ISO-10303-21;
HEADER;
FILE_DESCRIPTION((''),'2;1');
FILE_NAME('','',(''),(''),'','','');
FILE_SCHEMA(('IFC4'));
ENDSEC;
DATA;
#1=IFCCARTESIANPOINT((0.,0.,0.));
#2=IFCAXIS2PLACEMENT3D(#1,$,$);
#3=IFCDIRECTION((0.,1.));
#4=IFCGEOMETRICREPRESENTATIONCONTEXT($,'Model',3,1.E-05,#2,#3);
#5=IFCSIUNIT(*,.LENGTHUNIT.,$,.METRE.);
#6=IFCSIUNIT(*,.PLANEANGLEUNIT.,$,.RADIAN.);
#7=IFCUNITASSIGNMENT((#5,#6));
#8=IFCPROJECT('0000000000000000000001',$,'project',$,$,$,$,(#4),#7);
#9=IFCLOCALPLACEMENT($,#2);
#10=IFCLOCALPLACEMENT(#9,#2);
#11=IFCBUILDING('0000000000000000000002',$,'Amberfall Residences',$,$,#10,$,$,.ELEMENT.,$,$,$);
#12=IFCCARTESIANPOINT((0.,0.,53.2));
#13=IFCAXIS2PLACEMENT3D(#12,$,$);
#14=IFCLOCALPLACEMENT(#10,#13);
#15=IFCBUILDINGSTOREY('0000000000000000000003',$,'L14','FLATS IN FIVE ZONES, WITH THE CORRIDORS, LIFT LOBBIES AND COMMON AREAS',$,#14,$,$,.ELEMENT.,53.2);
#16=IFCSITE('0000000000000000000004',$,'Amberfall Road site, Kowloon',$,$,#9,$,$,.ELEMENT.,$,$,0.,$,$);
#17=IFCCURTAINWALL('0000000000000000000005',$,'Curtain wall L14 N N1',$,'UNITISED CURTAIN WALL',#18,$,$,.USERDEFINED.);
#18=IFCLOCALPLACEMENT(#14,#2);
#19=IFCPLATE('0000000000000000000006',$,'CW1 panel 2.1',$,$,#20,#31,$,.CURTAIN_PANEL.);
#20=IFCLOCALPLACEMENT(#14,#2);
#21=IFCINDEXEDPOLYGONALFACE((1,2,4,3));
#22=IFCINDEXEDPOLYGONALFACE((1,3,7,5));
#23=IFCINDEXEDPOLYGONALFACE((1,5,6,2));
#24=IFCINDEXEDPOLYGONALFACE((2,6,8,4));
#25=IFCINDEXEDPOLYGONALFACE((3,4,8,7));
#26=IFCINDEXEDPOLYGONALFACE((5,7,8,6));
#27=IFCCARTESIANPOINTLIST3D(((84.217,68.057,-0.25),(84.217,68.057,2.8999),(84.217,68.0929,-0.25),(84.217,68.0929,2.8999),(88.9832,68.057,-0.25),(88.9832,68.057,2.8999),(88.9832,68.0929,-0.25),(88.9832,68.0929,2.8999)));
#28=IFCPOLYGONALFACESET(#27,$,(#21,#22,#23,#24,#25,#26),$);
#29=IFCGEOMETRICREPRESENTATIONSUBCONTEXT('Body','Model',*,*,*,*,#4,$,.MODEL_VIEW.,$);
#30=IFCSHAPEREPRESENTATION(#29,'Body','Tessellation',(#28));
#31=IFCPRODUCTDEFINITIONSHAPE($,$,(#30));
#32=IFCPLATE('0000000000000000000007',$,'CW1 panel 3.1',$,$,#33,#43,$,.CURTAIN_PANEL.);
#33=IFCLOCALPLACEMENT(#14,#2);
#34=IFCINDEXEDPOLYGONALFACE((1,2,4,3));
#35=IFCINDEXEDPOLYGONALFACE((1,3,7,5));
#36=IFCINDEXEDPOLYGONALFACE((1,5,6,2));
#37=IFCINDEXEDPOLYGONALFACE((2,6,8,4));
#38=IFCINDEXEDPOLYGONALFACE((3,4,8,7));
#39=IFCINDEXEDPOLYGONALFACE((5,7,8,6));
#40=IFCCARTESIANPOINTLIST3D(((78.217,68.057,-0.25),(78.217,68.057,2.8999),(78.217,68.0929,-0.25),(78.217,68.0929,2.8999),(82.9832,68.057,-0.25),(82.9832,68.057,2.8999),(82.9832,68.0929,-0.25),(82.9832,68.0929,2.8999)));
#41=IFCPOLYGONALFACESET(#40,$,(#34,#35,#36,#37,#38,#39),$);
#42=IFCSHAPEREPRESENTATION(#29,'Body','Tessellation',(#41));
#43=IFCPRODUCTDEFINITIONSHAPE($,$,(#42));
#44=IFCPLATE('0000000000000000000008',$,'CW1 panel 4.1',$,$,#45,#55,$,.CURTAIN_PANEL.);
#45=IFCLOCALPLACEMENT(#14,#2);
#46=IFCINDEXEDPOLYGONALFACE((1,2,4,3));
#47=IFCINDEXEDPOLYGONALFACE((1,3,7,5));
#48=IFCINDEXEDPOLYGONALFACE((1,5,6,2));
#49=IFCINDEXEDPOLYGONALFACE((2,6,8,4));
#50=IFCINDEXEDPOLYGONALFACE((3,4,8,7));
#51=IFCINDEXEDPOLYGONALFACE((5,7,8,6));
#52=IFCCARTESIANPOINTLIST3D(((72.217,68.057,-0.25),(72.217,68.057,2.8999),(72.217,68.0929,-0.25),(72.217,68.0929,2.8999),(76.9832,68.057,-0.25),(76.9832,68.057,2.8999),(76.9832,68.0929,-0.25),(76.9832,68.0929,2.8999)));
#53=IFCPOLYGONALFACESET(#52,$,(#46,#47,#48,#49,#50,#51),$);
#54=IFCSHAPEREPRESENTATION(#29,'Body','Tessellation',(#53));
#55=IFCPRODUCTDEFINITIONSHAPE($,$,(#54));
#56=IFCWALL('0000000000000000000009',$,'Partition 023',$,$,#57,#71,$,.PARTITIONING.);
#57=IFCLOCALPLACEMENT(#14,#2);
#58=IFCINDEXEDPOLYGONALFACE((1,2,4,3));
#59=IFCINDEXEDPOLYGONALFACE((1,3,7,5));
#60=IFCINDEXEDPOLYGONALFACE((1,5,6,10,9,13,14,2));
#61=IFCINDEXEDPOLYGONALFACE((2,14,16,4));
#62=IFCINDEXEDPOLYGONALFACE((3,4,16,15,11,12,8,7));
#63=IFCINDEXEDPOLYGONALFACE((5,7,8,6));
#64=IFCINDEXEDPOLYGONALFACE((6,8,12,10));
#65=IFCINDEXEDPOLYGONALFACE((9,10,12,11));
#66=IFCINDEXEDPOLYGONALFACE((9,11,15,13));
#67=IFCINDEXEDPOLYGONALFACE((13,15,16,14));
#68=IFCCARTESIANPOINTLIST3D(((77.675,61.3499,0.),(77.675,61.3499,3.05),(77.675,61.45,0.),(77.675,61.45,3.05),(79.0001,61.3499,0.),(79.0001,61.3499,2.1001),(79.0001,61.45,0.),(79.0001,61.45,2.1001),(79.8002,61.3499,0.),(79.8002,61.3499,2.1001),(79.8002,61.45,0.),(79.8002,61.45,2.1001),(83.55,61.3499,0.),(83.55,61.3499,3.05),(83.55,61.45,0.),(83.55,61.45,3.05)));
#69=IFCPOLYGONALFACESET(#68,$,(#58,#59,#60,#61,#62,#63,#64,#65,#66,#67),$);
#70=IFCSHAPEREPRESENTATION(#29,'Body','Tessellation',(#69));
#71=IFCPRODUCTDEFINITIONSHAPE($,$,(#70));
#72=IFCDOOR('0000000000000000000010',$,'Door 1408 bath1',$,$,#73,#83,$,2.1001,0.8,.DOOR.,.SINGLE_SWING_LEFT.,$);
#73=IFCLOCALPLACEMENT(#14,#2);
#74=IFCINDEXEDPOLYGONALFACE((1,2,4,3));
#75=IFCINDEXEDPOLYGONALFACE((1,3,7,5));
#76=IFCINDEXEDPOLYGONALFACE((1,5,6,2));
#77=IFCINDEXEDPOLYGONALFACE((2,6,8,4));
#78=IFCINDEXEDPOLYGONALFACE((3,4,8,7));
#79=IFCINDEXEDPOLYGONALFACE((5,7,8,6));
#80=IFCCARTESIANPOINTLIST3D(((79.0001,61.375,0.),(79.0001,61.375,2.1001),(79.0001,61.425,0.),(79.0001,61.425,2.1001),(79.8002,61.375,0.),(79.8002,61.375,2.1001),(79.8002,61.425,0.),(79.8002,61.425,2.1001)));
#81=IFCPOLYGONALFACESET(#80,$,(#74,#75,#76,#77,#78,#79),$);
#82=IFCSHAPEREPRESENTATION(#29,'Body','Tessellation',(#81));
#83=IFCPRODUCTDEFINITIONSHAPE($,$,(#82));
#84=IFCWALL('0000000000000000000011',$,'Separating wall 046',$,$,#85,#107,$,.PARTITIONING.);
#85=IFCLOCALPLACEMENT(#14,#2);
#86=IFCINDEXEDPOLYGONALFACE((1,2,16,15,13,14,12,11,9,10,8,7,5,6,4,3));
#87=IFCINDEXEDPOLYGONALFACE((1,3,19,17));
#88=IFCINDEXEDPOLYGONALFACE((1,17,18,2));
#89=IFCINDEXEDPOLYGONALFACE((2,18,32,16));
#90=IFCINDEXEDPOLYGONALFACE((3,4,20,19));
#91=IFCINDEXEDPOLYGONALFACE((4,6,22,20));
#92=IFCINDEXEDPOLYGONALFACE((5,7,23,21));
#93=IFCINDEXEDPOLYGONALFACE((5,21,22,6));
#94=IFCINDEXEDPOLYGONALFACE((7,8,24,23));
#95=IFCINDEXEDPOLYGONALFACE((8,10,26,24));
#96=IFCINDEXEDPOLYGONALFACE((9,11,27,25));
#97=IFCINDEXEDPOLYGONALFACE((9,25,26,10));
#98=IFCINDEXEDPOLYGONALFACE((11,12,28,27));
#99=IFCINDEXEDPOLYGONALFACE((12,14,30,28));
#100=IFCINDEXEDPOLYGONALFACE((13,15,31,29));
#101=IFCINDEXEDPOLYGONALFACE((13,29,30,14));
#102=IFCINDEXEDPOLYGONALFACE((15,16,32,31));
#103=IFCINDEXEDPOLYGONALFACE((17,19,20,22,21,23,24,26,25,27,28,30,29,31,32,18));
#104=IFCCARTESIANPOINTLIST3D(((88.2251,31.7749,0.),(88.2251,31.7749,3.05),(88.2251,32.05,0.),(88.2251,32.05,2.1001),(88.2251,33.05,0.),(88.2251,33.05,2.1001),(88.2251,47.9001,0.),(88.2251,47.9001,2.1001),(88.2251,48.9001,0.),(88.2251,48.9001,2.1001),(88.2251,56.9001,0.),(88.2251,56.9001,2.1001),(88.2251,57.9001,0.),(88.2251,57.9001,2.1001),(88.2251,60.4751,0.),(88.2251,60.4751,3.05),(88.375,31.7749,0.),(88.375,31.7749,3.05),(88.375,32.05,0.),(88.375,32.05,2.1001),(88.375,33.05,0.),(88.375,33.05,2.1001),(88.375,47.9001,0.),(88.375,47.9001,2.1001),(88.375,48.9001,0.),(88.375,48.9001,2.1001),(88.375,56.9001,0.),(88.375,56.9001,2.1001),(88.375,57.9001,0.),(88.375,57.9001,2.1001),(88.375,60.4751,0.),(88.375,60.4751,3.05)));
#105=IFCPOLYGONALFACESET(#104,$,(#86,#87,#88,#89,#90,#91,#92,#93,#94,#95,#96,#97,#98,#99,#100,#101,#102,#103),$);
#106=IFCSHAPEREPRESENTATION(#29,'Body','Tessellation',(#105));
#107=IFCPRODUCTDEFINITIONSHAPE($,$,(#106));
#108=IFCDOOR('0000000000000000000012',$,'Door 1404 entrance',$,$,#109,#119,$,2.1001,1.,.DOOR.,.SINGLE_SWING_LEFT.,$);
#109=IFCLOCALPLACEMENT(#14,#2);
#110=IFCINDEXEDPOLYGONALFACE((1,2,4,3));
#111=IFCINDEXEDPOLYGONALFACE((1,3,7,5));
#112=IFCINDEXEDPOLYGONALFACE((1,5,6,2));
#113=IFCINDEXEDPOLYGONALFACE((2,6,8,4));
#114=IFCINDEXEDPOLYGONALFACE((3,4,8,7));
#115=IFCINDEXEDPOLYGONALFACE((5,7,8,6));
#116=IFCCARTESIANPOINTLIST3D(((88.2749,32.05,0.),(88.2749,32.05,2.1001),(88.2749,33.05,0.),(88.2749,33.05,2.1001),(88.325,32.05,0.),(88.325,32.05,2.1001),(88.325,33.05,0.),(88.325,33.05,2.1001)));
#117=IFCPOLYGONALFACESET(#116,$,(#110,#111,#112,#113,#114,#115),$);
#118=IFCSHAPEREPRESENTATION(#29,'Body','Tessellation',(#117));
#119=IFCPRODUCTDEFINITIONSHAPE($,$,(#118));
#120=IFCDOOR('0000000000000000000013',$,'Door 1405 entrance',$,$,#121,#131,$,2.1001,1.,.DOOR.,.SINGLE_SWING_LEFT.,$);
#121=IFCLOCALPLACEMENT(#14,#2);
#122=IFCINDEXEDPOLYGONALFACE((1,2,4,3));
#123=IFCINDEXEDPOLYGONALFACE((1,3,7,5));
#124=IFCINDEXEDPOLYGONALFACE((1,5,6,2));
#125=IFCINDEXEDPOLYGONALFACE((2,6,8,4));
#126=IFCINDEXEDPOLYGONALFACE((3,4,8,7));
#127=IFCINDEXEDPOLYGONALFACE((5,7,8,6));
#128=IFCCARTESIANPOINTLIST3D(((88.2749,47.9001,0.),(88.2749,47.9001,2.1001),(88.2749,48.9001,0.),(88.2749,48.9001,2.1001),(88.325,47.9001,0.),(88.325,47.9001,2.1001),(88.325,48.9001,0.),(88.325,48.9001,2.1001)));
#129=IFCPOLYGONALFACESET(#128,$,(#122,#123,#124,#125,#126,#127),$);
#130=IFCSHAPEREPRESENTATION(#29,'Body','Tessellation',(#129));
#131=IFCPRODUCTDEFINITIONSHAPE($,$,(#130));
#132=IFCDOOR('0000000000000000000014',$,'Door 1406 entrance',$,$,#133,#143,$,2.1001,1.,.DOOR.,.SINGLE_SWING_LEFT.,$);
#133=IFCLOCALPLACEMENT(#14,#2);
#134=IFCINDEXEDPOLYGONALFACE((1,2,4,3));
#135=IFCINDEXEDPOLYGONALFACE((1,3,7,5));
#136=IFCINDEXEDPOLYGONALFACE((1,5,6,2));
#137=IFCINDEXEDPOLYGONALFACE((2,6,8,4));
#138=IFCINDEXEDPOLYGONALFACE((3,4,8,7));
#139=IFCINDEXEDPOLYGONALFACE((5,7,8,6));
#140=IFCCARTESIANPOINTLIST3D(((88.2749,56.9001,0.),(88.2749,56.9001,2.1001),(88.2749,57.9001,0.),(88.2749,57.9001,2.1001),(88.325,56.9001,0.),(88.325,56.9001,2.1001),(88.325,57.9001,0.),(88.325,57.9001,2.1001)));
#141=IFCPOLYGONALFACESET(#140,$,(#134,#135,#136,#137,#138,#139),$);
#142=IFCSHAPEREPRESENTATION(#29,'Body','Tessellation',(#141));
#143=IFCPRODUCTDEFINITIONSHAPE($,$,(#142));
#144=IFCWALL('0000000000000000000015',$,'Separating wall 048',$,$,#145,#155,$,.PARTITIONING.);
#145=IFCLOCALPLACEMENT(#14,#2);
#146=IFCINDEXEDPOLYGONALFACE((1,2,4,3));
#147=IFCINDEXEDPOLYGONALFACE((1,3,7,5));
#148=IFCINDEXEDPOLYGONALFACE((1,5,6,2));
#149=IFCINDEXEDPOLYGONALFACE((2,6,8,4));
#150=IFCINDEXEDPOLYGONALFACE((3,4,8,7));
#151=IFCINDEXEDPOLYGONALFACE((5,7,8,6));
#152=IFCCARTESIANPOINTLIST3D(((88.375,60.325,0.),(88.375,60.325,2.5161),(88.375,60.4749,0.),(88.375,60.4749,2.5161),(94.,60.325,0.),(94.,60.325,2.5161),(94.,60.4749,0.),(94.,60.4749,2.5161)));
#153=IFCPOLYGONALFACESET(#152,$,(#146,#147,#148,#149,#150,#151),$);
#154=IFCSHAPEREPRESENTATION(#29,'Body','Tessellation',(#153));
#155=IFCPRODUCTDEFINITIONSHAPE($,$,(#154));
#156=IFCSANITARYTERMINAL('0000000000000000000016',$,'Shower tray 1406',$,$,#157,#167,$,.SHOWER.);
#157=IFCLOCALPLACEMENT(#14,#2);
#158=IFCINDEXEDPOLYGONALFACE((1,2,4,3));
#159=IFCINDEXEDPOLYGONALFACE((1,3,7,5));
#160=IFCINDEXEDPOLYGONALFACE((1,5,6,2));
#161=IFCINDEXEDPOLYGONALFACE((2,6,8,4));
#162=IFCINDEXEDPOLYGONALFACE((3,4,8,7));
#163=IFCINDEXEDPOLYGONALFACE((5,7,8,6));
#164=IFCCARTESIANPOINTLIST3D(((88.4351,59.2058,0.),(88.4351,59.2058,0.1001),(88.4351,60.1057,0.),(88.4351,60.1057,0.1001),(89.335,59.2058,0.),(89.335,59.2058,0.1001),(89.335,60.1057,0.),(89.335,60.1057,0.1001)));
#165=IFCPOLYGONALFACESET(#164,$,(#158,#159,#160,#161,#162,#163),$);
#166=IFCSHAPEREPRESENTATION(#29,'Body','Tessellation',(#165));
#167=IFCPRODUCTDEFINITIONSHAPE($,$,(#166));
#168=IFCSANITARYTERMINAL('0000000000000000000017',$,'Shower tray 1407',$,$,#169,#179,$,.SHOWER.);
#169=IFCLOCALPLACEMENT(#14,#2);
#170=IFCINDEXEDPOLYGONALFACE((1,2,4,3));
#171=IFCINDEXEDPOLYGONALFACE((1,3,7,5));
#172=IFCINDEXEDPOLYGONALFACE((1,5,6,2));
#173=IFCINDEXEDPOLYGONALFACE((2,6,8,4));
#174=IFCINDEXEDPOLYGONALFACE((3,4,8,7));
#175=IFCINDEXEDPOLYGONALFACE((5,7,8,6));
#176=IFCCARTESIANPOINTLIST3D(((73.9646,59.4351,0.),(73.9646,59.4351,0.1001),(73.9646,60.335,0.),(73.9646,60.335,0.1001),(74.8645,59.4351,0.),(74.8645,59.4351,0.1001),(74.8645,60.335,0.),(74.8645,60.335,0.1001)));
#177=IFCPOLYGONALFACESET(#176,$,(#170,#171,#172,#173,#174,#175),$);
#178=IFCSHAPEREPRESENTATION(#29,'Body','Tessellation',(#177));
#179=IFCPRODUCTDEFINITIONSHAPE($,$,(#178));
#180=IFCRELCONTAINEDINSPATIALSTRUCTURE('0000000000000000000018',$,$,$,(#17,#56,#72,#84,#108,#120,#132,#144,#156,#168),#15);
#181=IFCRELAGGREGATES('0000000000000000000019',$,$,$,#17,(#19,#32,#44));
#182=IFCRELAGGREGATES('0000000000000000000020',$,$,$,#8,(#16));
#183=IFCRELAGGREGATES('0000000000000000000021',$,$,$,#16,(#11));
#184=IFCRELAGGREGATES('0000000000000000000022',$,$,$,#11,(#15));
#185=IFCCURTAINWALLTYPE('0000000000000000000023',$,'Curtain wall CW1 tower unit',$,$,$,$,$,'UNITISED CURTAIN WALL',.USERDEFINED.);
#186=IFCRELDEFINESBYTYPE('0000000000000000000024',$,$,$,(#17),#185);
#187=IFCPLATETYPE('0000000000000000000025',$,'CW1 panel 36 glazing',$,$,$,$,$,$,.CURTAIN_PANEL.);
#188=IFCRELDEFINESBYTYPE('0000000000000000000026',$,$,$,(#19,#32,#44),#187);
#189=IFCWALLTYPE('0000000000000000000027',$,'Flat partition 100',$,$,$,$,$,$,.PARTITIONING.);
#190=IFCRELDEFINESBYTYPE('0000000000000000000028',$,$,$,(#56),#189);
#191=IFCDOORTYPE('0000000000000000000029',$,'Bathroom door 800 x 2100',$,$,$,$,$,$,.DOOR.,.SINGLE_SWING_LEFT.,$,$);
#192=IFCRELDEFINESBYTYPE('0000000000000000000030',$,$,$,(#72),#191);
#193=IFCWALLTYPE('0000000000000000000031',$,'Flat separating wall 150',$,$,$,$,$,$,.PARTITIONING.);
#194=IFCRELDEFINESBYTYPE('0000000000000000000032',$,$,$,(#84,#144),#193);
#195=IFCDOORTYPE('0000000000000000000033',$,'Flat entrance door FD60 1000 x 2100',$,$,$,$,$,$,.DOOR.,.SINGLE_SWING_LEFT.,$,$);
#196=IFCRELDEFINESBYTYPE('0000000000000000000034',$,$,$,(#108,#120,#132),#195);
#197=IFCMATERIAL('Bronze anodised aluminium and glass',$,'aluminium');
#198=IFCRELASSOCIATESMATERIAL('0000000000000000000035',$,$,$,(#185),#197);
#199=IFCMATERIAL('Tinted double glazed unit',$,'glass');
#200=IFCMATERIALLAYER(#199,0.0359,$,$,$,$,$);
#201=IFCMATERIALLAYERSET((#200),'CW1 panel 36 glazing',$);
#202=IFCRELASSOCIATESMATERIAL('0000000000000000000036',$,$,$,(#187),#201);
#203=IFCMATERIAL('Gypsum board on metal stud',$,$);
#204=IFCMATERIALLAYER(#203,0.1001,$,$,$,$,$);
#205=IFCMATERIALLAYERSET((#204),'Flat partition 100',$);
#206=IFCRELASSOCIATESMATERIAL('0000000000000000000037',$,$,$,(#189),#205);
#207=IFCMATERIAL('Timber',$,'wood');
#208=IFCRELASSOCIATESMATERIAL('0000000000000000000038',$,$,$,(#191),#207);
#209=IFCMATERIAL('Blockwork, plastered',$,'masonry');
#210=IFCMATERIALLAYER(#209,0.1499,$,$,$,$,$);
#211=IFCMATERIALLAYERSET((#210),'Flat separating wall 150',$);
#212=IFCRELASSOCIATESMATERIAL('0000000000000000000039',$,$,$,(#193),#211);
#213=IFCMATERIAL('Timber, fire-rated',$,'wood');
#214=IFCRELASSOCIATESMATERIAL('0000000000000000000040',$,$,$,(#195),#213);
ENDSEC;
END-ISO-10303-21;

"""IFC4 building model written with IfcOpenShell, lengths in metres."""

from ifc_helpers import new_model, si_unit, direction, frame, frame_2d, origin, origin_2d, place, context, subcontext, project, spatial, rectangle, extrude, material, layer, layer_set, type_object, element, fill, aggregate, save


model = new_model("IFC4")

# Units and contexts
model_context = context("Model", 3, precision=1e-05, world=origin(), true_north=direction((0.0, 1.0)))
body_context = subcontext(model_context, "Body", "Model", "MODEL_VIEW")
ifc_project = project(units=[si_unit("LENGTHUNIT", "METRE"), si_unit("PLANEANGLEUNIT", "RADIAN")], contexts=[model_context])

# Site, building, storey
site_placement = place(None, origin())
site = spatial("IfcSite", under=ifc_project, at=site_placement, Name="Amberfall Road site, Kowloon", CompositionType="ELEMENT", RefElevation=0.0)
building_placement = place(site_placement, origin())
building = spatial("IfcBuilding", under=site, at=building_placement, Name="Amberfall Residences", CompositionType="ELEMENT")
storey_placement = place(building_placement, frame((0.0, 0.0, 53.2)))
storey = spatial("IfcBuildingStorey", under=building, at=storey_placement, Name="L14", Description="FLATS IN FIVE ZONES, WITH THE CORRIDORS, LIFT LOBBIES AND COMMON AREAS", CompositionType="ELEMENT", Elevation=53.2)

# Curtain wall
ifc_material_1 = material(Name="Bronze anodised aluminium and glass", Category="aluminium")
curtain_wall_type = type_object("IfcCurtainWallType", Name="Curtain wall CW1 tower unit", ElementType="UNITISED CURTAIN WALL", PredefinedType="USERDEFINED", material=ifc_material_1)
curtain_wall_placement = place(storey_placement, origin())
curtain_wall = element("IfcCurtainWall", 1, at=curtain_wall_placement, inside=storey, type_object=curtain_wall_type, Name="Curtain wall L14 N N1", ObjectType="UNITISED CURTAIN WALL", PredefinedType="USERDEFINED")

# Plates
ifc_material_2 = material(Name="Tinted double glazed unit", Category="glass")
ifc_layer_1 = layer(ifc_material_2, 0.0359)
ifc_layer_set_1 = layer_set([ifc_layer_1], Name="CW1 panel 36 glazing")
plate_type = type_object("IfcPlateType", Name="CW1 panel 36 glazing", PredefinedType="CURTAIN_PANEL", material=ifc_layer_set_1)
plate_1_placement = place(storey_placement, frame((86.6001, 68.075, -0.25), z_axis=(0.0, 0.0, 1.0), x_axis=(-1.0, 0.0, 0.0)))
plate_1 = element("IfcPlate", 2, at=plate_1_placement, type_object=plate_type, Name="CW1 panel 2.1", PredefinedType="CURTAIN_PANEL", context=body_context, shape_type="SweptSolid", body=[
    extrude(rectangle(XDim=4.7661, YDim=0.0359, at=origin_2d()), origin(), (0.0, 0.0, 1.0), 3.1499),
])
plate_2_placement = place(storey_placement, frame((80.6001, 68.075, -0.25), z_axis=(0.0, 0.0, 1.0), x_axis=(-1.0, 0.0, 0.0)))
plate_2 = element("IfcPlate", 3, at=plate_2_placement, type_object=plate_type, Name="CW1 panel 3.1", PredefinedType="CURTAIN_PANEL", context=body_context, shape_type="SweptSolid", body=[
    extrude(rectangle(XDim=4.7661, YDim=0.0359, at=origin_2d()), origin(), (0.0, 0.0, 1.0), 3.1499),
])
plate_3_placement = place(storey_placement, frame((74.6001, 68.075, -0.25), z_axis=(0.0, 0.0, 1.0), x_axis=(-1.0, 0.0, 0.0)))
plate_3 = element("IfcPlate", 4, at=plate_3_placement, type_object=plate_type, Name="CW1 panel 4.1", PredefinedType="CURTAIN_PANEL", context=body_context, shape_type="SweptSolid", body=[
    extrude(rectangle(XDim=4.7661, YDim=0.0359, at=origin_2d()), origin(), (0.0, 0.0, 1.0), 3.1499),
])
aggregate(curtain_wall, [plate_1, plate_2, plate_3])

# Wall, opening, door
ifc_material_3 = material(Name="Gypsum board on metal stud")
ifc_layer_2 = layer(ifc_material_3, 0.1001)
ifc_layer_set_2 = layer_set([ifc_layer_2], Name="Flat partition 100")
wall_type_1 = type_object("IfcWallType", Name="Flat partition 100", PredefinedType="PARTITIONING", material=ifc_layer_set_2)
wall_1_placement = place(storey_placement, frame((83.55, 61.3999, 0.0), z_axis=(0.0, 0.0, 1.0), x_axis=(-1.0, 0.0, 0.0)))
wall_1 = element("IfcWall", 5, at=wall_1_placement, inside=storey, type_object=wall_type_1, Name="Partition 023", PredefinedType="PARTITIONING", context=body_context, shape_type="SweptSolid", body=[
    extrude(rectangle(XDim=5.875, YDim=0.1001, at=frame_2d((2.9375, 0.0))), origin(), (0.0, 0.0, 1.0), 3.05),
])
opening_1_placement = place(wall_1_placement, frame((3.75, 0.0, 0.0)))
opening_1 = element("IfcOpeningElement", 6, at=opening_1_placement, cuts=wall_1, PredefinedType="OPENING", context=body_context, shape_type="SweptSolid", body=[
    extrude(rectangle(XDim=0.8, YDim=2.1001, at=frame_2d((0.3999, 1.05))), frame((0.0, 0.0601, 0.0), z_axis=(0.0, -1.0, 0.0), x_axis=(1.0, 0.0, 0.0)), (0.0, 0.0, 1.0), 0.1201),
])
ifc_material_4 = material(Name="Timber", Category="wood")
door_type_1 = type_object("IfcDoorType", Name="Bathroom door 800 x 2100", OperationType="SINGLE_SWING_LEFT", PredefinedType="DOOR", material=ifc_material_4)
door_1_placement = place(opening_1_placement, origin())
door_1 = element("IfcDoor", 7, at=door_1_placement, inside=storey, type_object=door_type_1, Name="Door 1408 bath1", OperationType="SINGLE_SWING_LEFT", OverallHeight=2.1001, OverallWidth=0.8, PredefinedType="DOOR", context=body_context, shape_type="SweptSolid", body=[
    extrude(rectangle(XDim=0.8, YDim=2.1001, at=frame_2d((0.3999, 1.05))), frame((0.0, 0.0249, 0.0), z_axis=(0.0, -1.0, 0.0), x_axis=(1.0, 0.0, 0.0)), (0.0, 0.0, 1.0), 0.05),
])
fill(opening_1, door_1)

# Wall, openings, doors
ifc_material_5 = material(Name="Blockwork, plastered", Category="masonry")
ifc_layer_3 = layer(ifc_material_5, 0.1499)
ifc_layer_set_3 = layer_set([ifc_layer_3], Name="Flat separating wall 150")
wall_type_2 = type_object("IfcWallType", Name="Flat separating wall 150", PredefinedType="PARTITIONING", material=ifc_layer_set_3)
wall_2_placement = place(storey_placement, frame((88.3, 60.4751, 0.0), z_axis=(0.0, 0.0, 1.0), x_axis=(0.0, -1.0, 0.0)))
wall_2 = element("IfcWall", 8, at=wall_2_placement, inside=storey, type_object=wall_type_2, Name="Separating wall 046", PredefinedType="PARTITIONING", context=body_context, shape_type="SweptSolid", body=[
    extrude(rectangle(XDim=28.7002, YDim=0.1499, at=frame_2d((14.3501, 0.0))), origin(), (0.0, 0.0, 1.0), 3.05),
])
opening_2_placement = place(wall_2_placement, frame((27.425, 0.0, 0.0)))
opening_2 = element("IfcOpeningElement", 9, at=opening_2_placement, cuts=wall_2, PredefinedType="OPENING", context=body_context, shape_type="SweptSolid", body=[
    extrude(rectangle(XDim=1.0, YDim=2.1001, at=frame_2d((0.5, 1.05))), frame((0.0, 0.085, 0.0), z_axis=(0.0, -1.0, 0.0), x_axis=(1.0, 0.0, 0.0)), (0.0, 0.0, 1.0), 0.1699),
])
opening_3_placement = place(wall_2_placement, frame((11.575, 0.0, 0.0)))
opening_3 = element("IfcOpeningElement", 10, at=opening_3_placement, cuts=wall_2, PredefinedType="OPENING", context=body_context, shape_type="SweptSolid", body=[
    extrude(rectangle(XDim=1.0, YDim=2.1001, at=frame_2d((0.5, 1.05))), frame((0.0, 0.085, 0.0), z_axis=(0.0, -1.0, 0.0), x_axis=(1.0, 0.0, 0.0)), (0.0, 0.0, 1.0), 0.1699),
])
opening_4_placement = place(wall_2_placement, frame((2.575, 0.0, 0.0)))
opening_4 = element("IfcOpeningElement", 11, at=opening_4_placement, cuts=wall_2, PredefinedType="OPENING", context=body_context, shape_type="SweptSolid", body=[
    extrude(rectangle(XDim=1.0, YDim=2.1001, at=frame_2d((0.5, 1.05))), frame((0.0, 0.085, 0.0), z_axis=(0.0, -1.0, 0.0), x_axis=(1.0, 0.0, 0.0)), (0.0, 0.0, 1.0), 0.1699),
])
ifc_material_6 = material(Name="Timber, fire-rated", Category="wood")
door_type_2 = type_object("IfcDoorType", Name="Flat entrance door FD60 1000 x 2100", OperationType="SINGLE_SWING_LEFT", PredefinedType="DOOR", material=ifc_material_6)
door_2_placement = place(opening_2_placement, origin())
door_2 = element("IfcDoor", 12, at=door_2_placement, inside=storey, type_object=door_type_2, Name="Door 1404 entrance", OperationType="SINGLE_SWING_LEFT", OverallHeight=2.1001, OverallWidth=1.0, PredefinedType="DOOR", context=body_context, shape_type="SweptSolid", body=[
    extrude(rectangle(XDim=1.0, YDim=2.1001, at=frame_2d((0.5, 1.05))), frame((0.0, 0.0249, 0.0), z_axis=(0.0, -1.0, 0.0), x_axis=(1.0, 0.0, 0.0)), (0.0, 0.0, 1.0), 0.05),
])
fill(opening_2, door_2)
door_3_placement = place(opening_3_placement, origin())
door_3 = element("IfcDoor", 13, at=door_3_placement, inside=storey, type_object=door_type_2, Name="Door 1405 entrance", OperationType="SINGLE_SWING_LEFT", OverallHeight=2.1001, OverallWidth=1.0, PredefinedType="DOOR", context=body_context, shape_type="SweptSolid", body=[
    extrude(rectangle(XDim=1.0, YDim=2.1001, at=frame_2d((0.5, 1.05))), frame((0.0, 0.0249, 0.0), z_axis=(0.0, -1.0, 0.0), x_axis=(1.0, 0.0, 0.0)), (0.0, 0.0, 1.0), 0.05),
])
fill(opening_3, door_3)
door_4_placement = place(opening_4_placement, origin())
door_4 = element("IfcDoor", 14, at=door_4_placement, inside=storey, type_object=door_type_2, Name="Door 1406 entrance", OperationType="SINGLE_SWING_LEFT", OverallHeight=2.1001, OverallWidth=1.0, PredefinedType="DOOR", context=body_context, shape_type="SweptSolid", body=[
    extrude(rectangle(XDim=1.0, YDim=2.1001, at=frame_2d((0.5, 1.05))), frame((0.0, 0.0249, 0.0), z_axis=(0.0, -1.0, 0.0), x_axis=(1.0, 0.0, 0.0)), (0.0, 0.0, 1.0), 0.05),
])
fill(opening_4, door_4)

# Wall
wall_3_placement = place(storey_placement, frame((88.375, 60.3999, 0.0), z_axis=(0.0, 0.0, 1.0), x_axis=(1.0, 0.0, 0.0)))
element("IfcWall", 15, at=wall_3_placement, inside=storey, type_object=wall_type_2, Name="Separating wall 048", PredefinedType="PARTITIONING", context=body_context, shape_type="SweptSolid", body=[
    extrude(rectangle(XDim=5.625, YDim=0.1499, at=frame_2d((2.8125, 0.0))), origin(), (0.0, 0.0, 1.0), 2.5161),
])

# Sanitary terminals
for number, where, z_axis, x_axis, name in (
    (16, (88.885, 59.6558, 0.0), (0.0, 0.0, 1.0), (1.0, 0.0, 0.0), "Shower tray 1406"),
    (17, (74.4146, 59.885, 0.0), (0.0, 0.0, 1.0), (1.0, 0.0, 0.0), "Shower tray 1407"),
):
    element("IfcSanitaryTerminal", number, at=place(storey_placement, frame(where, z_axis=z_axis, x_axis=x_axis)), inside=storey, Name=name, PredefinedType="SHOWER", context=body_context, shape_type="SweptSolid", body=[
        extrude(rectangle(XDim=0.8999, YDim=0.8999, at=origin_2d()), origin(), (0.0, 0.0, 1.0), 0.1001),
    ])

save(model, "model.ifc")
